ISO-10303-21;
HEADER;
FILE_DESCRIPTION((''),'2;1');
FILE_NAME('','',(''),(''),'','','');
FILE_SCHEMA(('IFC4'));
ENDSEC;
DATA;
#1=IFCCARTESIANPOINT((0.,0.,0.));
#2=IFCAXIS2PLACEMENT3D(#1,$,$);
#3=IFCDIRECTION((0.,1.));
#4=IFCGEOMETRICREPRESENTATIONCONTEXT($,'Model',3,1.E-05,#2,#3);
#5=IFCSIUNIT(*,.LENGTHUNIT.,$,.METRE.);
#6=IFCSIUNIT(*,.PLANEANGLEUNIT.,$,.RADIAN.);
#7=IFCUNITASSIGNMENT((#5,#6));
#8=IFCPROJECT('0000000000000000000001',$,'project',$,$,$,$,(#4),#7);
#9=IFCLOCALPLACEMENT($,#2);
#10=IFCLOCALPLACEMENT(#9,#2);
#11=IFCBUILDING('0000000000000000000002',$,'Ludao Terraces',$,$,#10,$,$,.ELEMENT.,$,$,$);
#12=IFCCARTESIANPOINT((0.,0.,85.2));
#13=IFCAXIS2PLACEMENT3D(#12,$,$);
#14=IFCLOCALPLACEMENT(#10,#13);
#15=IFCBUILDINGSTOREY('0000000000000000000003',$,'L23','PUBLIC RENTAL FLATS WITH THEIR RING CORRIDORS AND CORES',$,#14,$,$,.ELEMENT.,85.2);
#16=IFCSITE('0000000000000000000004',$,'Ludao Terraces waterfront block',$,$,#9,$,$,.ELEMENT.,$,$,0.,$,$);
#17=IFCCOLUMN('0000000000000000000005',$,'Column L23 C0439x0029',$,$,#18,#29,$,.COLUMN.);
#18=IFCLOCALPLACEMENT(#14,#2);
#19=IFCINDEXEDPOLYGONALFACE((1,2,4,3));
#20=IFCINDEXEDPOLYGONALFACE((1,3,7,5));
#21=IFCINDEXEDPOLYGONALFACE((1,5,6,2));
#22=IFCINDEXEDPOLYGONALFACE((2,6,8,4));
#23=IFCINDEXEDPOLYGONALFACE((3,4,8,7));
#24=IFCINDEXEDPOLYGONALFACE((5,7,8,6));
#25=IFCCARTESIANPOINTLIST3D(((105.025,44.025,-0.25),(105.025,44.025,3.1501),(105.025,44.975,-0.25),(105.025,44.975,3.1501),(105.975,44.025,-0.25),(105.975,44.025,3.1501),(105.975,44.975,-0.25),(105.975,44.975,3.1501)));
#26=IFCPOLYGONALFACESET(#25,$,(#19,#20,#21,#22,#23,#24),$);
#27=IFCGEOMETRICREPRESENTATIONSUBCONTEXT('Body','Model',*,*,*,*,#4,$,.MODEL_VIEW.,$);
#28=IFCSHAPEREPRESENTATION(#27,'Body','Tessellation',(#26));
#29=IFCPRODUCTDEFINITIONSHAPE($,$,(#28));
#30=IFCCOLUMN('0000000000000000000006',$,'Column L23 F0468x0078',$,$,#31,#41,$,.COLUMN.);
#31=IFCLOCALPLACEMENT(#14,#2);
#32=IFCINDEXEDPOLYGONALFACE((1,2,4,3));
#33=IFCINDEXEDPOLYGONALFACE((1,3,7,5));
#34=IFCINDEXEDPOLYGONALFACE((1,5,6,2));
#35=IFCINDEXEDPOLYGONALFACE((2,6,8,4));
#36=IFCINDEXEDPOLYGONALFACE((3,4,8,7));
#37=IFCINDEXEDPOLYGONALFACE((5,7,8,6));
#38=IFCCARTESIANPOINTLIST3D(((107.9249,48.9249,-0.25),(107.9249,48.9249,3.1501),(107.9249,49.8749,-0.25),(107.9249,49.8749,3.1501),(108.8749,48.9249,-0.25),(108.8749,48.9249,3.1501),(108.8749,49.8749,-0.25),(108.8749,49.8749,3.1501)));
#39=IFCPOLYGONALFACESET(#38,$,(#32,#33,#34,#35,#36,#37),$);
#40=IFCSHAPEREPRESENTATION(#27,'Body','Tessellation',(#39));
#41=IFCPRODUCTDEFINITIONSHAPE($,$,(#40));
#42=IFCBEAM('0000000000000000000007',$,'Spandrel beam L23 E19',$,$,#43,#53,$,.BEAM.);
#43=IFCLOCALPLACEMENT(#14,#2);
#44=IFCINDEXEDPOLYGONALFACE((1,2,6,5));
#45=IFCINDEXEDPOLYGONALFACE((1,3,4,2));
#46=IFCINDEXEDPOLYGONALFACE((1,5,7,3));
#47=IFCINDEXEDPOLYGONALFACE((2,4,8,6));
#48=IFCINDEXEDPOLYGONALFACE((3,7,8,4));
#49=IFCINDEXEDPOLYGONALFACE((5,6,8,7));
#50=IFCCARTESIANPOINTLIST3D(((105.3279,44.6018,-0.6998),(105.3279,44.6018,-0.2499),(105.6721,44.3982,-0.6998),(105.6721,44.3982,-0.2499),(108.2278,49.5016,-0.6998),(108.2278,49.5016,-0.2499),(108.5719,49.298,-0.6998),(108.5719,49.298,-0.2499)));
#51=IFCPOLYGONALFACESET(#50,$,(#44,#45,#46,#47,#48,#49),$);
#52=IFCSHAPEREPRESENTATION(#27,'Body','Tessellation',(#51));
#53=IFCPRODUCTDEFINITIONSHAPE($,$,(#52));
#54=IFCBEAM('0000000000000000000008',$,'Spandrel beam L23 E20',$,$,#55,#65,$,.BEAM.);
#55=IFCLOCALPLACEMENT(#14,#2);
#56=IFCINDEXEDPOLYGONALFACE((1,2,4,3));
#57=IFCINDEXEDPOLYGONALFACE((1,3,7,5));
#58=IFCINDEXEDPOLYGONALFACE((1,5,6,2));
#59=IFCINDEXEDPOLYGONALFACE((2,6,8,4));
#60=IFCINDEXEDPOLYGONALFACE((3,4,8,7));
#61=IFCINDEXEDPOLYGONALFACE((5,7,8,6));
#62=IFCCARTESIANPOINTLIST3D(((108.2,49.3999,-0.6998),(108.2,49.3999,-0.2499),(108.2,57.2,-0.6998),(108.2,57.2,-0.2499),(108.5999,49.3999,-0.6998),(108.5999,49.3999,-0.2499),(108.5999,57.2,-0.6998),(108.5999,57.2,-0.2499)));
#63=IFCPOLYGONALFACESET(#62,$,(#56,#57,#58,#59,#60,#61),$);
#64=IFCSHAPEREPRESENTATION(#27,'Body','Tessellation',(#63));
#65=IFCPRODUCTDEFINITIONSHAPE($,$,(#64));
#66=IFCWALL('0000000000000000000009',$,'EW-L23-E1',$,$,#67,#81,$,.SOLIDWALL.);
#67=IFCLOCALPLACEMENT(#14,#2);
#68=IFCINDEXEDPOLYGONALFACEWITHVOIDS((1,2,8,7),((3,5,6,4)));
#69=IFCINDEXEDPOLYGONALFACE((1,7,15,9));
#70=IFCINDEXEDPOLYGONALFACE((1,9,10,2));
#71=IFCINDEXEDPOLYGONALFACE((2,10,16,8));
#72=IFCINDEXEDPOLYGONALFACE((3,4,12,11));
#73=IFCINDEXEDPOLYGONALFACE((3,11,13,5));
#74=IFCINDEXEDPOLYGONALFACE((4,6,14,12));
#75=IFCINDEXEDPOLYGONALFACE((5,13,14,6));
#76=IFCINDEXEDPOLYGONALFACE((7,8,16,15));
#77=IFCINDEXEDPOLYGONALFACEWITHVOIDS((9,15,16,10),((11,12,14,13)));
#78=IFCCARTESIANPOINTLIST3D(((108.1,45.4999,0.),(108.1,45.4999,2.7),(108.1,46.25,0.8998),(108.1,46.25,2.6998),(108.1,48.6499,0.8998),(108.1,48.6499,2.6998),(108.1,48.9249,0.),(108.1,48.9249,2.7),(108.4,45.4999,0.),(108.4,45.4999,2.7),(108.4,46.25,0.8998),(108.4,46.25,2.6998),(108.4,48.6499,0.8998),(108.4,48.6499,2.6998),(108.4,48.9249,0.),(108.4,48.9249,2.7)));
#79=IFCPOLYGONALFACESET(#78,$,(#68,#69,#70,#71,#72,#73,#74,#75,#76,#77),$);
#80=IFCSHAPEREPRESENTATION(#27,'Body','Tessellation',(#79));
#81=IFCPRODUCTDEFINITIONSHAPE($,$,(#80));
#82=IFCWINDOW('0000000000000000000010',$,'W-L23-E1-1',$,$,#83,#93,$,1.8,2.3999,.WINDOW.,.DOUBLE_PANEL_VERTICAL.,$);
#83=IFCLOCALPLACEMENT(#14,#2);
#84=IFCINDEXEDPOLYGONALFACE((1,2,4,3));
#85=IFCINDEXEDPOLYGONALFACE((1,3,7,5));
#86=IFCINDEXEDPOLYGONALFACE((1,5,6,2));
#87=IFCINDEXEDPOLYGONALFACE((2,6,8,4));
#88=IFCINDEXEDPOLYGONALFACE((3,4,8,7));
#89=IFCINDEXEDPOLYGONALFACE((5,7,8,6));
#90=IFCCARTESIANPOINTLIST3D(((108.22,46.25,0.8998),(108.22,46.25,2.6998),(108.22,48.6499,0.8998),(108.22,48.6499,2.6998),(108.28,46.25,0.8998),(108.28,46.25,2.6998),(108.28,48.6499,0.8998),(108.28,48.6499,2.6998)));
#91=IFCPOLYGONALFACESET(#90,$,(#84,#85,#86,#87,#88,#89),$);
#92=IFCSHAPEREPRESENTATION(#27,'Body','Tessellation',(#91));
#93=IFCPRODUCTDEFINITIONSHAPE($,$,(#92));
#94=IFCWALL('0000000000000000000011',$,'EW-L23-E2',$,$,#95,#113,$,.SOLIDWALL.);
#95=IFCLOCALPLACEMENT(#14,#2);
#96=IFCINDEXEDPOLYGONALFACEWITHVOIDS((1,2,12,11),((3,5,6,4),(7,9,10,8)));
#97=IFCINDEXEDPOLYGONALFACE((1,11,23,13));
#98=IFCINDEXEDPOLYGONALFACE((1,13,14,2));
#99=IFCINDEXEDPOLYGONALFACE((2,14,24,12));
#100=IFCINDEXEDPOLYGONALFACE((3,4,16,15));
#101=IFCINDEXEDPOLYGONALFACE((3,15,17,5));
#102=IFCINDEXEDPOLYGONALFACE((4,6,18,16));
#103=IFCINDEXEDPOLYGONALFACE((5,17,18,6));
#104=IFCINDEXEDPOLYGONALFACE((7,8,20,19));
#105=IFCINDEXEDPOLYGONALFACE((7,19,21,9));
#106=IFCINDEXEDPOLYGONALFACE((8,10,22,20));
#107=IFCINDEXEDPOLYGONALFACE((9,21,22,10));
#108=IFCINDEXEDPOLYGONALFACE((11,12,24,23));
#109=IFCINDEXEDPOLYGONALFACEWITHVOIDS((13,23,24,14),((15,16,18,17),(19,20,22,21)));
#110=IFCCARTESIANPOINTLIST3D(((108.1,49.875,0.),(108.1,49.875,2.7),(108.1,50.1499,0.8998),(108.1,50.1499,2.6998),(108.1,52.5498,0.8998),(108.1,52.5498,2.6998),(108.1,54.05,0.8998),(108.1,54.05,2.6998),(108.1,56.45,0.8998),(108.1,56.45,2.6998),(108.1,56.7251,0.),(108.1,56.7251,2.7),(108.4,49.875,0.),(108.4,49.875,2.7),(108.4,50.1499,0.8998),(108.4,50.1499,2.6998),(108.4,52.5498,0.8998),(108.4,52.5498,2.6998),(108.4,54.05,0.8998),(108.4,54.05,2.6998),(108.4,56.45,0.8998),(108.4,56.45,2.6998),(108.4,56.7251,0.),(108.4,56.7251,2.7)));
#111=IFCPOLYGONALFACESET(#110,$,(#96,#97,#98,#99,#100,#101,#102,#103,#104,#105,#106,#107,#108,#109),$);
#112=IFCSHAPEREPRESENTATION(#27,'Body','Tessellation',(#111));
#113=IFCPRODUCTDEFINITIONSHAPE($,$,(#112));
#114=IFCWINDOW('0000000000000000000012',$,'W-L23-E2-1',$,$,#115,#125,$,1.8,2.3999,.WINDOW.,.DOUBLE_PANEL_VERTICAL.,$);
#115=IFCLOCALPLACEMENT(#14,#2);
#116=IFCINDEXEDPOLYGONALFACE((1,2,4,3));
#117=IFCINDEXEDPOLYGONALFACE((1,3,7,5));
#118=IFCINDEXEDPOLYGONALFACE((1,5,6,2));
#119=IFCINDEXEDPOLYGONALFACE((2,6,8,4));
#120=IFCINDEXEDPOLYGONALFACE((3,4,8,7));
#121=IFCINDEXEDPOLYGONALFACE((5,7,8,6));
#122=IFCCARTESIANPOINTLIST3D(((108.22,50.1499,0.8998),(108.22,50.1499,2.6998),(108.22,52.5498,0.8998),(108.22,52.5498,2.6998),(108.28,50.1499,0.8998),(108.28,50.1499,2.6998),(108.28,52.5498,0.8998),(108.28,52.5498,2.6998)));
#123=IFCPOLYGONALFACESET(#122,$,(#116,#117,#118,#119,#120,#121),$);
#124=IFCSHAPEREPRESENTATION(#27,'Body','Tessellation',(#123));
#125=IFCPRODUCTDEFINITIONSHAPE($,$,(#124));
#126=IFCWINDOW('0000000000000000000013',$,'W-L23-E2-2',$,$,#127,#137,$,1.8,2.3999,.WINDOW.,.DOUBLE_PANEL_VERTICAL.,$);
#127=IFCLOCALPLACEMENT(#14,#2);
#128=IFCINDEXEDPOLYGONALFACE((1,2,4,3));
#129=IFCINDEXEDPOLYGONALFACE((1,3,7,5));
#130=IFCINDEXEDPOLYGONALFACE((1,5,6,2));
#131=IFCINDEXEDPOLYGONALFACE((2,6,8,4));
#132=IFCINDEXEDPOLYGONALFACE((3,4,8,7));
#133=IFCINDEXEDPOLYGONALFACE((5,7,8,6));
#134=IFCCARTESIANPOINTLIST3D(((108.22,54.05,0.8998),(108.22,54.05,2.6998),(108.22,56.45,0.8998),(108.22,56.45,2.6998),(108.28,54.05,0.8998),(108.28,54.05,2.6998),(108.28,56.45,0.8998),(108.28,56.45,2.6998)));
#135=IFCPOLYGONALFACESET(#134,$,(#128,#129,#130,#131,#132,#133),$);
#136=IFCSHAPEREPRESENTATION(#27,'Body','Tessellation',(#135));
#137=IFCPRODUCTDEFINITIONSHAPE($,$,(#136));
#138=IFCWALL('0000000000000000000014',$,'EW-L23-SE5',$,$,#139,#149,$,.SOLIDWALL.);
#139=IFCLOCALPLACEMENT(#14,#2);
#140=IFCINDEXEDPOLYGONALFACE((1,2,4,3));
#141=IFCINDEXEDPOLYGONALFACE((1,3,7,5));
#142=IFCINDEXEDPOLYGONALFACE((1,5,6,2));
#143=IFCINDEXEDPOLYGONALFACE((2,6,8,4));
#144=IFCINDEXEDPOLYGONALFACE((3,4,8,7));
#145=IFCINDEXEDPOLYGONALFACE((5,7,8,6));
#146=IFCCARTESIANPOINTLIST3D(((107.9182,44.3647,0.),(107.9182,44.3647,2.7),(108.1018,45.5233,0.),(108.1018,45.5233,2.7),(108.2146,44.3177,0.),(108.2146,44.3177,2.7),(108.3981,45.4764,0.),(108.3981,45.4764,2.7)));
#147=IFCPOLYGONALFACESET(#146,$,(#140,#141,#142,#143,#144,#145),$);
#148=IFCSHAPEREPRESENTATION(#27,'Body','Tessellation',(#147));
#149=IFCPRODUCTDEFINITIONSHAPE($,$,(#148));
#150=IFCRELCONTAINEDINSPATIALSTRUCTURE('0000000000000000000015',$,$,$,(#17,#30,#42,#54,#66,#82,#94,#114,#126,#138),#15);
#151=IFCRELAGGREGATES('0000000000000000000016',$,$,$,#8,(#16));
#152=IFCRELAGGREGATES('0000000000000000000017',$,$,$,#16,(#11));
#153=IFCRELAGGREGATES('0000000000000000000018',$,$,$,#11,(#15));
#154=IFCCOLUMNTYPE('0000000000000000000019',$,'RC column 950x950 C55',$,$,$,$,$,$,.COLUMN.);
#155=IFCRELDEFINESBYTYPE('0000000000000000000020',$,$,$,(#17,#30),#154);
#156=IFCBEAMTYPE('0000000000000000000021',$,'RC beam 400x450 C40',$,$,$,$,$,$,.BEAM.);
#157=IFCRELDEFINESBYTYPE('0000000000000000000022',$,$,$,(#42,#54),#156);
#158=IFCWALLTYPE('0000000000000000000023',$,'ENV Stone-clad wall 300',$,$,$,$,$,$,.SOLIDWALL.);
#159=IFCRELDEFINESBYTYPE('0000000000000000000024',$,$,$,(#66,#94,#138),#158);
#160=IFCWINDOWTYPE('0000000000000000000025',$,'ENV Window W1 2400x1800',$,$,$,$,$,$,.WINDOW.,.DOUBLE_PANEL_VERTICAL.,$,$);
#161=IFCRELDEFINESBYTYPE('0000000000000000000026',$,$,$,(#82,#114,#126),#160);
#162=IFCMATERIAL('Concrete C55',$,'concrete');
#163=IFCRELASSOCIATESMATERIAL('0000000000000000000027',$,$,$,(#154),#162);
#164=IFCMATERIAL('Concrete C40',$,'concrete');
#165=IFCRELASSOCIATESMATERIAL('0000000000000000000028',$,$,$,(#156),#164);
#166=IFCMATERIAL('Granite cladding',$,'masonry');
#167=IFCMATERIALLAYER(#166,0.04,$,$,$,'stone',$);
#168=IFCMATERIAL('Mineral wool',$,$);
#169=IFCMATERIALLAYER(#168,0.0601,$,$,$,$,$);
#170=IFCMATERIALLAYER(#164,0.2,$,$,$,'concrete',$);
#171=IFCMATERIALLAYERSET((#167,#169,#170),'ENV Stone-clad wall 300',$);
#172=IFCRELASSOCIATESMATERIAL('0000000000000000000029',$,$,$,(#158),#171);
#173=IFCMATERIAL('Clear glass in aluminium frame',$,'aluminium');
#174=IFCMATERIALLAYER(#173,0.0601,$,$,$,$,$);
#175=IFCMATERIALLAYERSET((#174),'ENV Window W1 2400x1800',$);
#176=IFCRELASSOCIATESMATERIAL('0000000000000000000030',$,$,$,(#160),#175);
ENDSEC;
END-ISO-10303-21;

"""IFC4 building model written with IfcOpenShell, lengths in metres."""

from ifc_helpers import new_model, si_unit, direction, frame, frame_2d, origin, origin_2d, place, context, subcontext, project, spatial, rectangle, extrude, material, layer, layer_set, material_profile, profile_set, type_object, element, fill, save


model = new_model("IFC4")

# Units and contexts
model_context = context("Model", 3, precision=1e-05, world=origin(), true_north=direction((0.0, 1.0)))
body_context = subcontext(model_context, "Body", "Model", "MODEL_VIEW")
ifc_project = project(units=[si_unit("LENGTHUNIT", "METRE"), si_unit("PLANEANGLEUNIT", "RADIAN")], contexts=[model_context])

# Site, building, storey
site_placement = place(None, origin())
site = spatial("IfcSite", under=ifc_project, at=site_placement, Name="Ludao Terraces waterfront block", CompositionType="ELEMENT", RefElevation=0.0)
building_placement = place(site_placement, origin())
building = spatial("IfcBuilding", under=site, at=building_placement, Name="Ludao Terraces", CompositionType="ELEMENT")
storey_placement = place(building_placement, frame((0.0, 0.0, 85.2)))
storey = spatial("IfcBuildingStorey", under=building, at=storey_placement, Name="L23", Description="PUBLIC RENTAL FLATS WITH THEIR RING CORRIDORS AND CORES", CompositionType="ELEMENT", Elevation=85.2)

# Columns
ifc_material_1 = material(Name="Concrete C55", Category="concrete")
ifc_material_profile_1 = material_profile(ifc_material_1, rectangle(XDim=0.95, YDim=0.95, at=origin_2d()), Name="950 X 950")
ifc_profile_set_1 = profile_set([ifc_material_profile_1], Name="Concrete C55")
column_type = type_object("IfcColumnType", Name="RC column 950x950 C55", PredefinedType="COLUMN", material=ifc_profile_set_1)
for number, where, z_axis, x_axis, name in (
    (1, (105.5, 44.5, -0.25), (0.0, 0.0, 1.0), (1.0, 0.0, 0.0), "Column L23 C0439x0029"),
    (2, (108.3999, 49.3999, -0.25), (0.0, 0.0, 1.0), (1.0, 0.0, 0.0), "Column L23 F0468x0078"),
):
    element("IfcColumn", number, at=place(storey_placement, frame(where, z_axis=z_axis, x_axis=x_axis)), inside=storey, type_object=column_type, Name=name, PredefinedType="COLUMN", context=body_context, shape_type="SweptSolid", body=[
        extrude(rectangle(XDim=0.95, YDim=0.95, at=origin_2d()), origin(), (0.0, 0.0, 1.0), 3.4001),
    ])

# Beams
ifc_material_2 = material(Name="Concrete C40", Category="concrete")
ifc_material_profile_2 = material_profile(ifc_material_2, rectangle(XDim=0.3999, YDim=0.45, at=origin_2d()), Name="400 X 450")
ifc_profile_set_2 = profile_set([ifc_material_profile_2], Name="Concrete C40")
beam_type = type_object("IfcBeamType", Name="RC beam 400x450 C40", PredefinedType="BEAM", material=ifc_profile_set_2)
beam_1_placement = place(storey_placement, frame((105.5, 44.5, -0.4749), z_axis=(0.509316, 0.86058, 0.0), x_axis=(-0.86058, 0.509316, 0.0)))
element("IfcBeam", 3, at=beam_1_placement, inside=storey, type_object=beam_type, Name="Spandrel beam L23 E19", PredefinedType="BEAM", context=body_context, shape_type="SweptSolid", body=[
    extrude(rectangle(XDim=0.3999, YDim=0.45, at=origin_2d()), origin(), (0.0, 0.0, 1.0), 5.6936),
])
beam_2_placement = place(storey_placement, frame((108.3999, 49.3999, -0.4749), z_axis=(0.0, 1.0, 0.0), x_axis=(-1.0, 0.0, 0.0)))
element("IfcBeam", 4, at=beam_2_placement, inside=storey, type_object=beam_type, Name="Spandrel beam L23 E20", PredefinedType="BEAM", context=body_context, shape_type="SweptSolid", body=[
    extrude(rectangle(XDim=0.3999, YDim=0.45, at=origin_2d()), origin(), (0.0, 0.0, 1.0), 7.8),
])

# Wall, opening, window
ifc_material_3 = material(Name="Granite cladding", Category="masonry")
ifc_layer_1 = layer(ifc_material_3, 0.04, Category="stone")
ifc_material_4 = material(Name="Mineral wool")
ifc_layer_2 = layer(ifc_material_4, 0.0601)
ifc_layer_3 = layer(ifc_material_2, 0.2, Category="concrete")
ifc_layer_set_1 = layer_set([ifc_layer_1, ifc_layer_2, ifc_layer_3], Name="ENV Stone-clad wall 300")
wall_type = type_object("IfcWallType", Name="ENV Stone-clad wall 300", PredefinedType="SOLIDWALL", material=ifc_layer_set_1)
wall_1_placement = place(storey_placement, frame((108.25, 45.5, 0.0), z_axis=(0.0, 0.0, 1.0), x_axis=(0.0, 1.0, 0.0)))
wall_1 = element("IfcWall", 5, at=wall_1_placement, inside=storey, type_object=wall_type, Name="EW-L23-E1", PredefinedType="SOLIDWALL", context=body_context, shape_type="SweptSolid", body=[
    extrude(rectangle(XDim=3.425, YDim=0.3, at=frame_2d((1.7124, 0.0))), origin(), (0.0, 0.0, 1.0), 2.7),
])
opening_1_placement = place(wall_1_placement, frame((0.75, 0.0, 0.8999)))
opening_1 = element("IfcOpeningElement", 6, at=opening_1_placement, cuts=wall_1, PredefinedType="OPENING", context=body_context, shape_type="SweptSolid", body=[
    extrude(rectangle(XDim=2.3999, YDim=1.8, at=frame_2d((1.2, 0.8999))), frame((0.0, 0.1602, 0.0), z_axis=(0.0, -1.0, 0.0), x_axis=(1.0, 0.0, 0.0)), (0.0, 0.0, 1.0), 0.3201),
])
ifc_material_5 = material(Name="Clear glass in aluminium frame", Category="aluminium")
ifc_layer_4 = layer(ifc_material_5, 0.0601)
ifc_layer_set_2 = layer_set([ifc_layer_4], Name="ENV Window W1 2400x1800")
window_type = type_object("IfcWindowType", Name="ENV Window W1 2400x1800", PartitioningType="DOUBLE_PANEL_VERTICAL", PredefinedType="WINDOW", material=ifc_layer_set_2)
window_1_placement = place(opening_1_placement, origin())
window_1 = element("IfcWindow", 7, at=window_1_placement, inside=storey, type_object=window_type, Name="W-L23-E1-1", OverallHeight=1.8, OverallWidth=2.3999, PartitioningType="DOUBLE_PANEL_VERTICAL", PredefinedType="WINDOW", context=body_context, shape_type="SweptSolid", body=[
    extrude(rectangle(XDim=2.3999, YDim=1.8, at=frame_2d((1.2, 0.8999))), frame((0.0, 0.03, 0.0), z_axis=(0.0, -1.0, 0.0), x_axis=(1.0, 0.0, 0.0)), (0.0, 0.0, 1.0), 0.0601),
])
fill(opening_1, window_1)

# Wall, openings, windows
wall_2_placement = place(storey_placement, frame((108.25, 49.875, 0.0), z_axis=(0.0, 0.0, 1.0), x_axis=(0.0, 1.0, 0.0)))
wall_2 = element("IfcWall", 8, at=wall_2_placement, inside=storey, type_object=wall_type, Name="EW-L23-E2", PredefinedType="SOLIDWALL", context=body_context, shape_type="SweptSolid", body=[
    extrude(rectangle(XDim=6.8501, YDim=0.3, at=frame_2d((3.425, 0.0))), origin(), (0.0, 0.0, 1.0), 2.7),
])
opening_2_placement = place(wall_2_placement, frame((0.2749, 0.0, 0.8999)))
opening_2 = element("IfcOpeningElement", 9, at=opening_2_placement, cuts=wall_2, PredefinedType="OPENING", context=body_context, shape_type="SweptSolid", body=[
    extrude(rectangle(XDim=2.3999, YDim=1.8, at=frame_2d((1.2, 0.8999))), frame((0.0, 0.1602, 0.0), z_axis=(0.0, -1.0, 0.0), x_axis=(1.0, 0.0, 0.0)), (0.0, 0.0, 1.0), 0.3201),
])
opening_3_placement = place(wall_2_placement, frame((4.175, 0.0, 0.8999)))
opening_3 = element("IfcOpeningElement", 10, at=opening_3_placement, cuts=wall_2, PredefinedType="OPENING", context=body_context, shape_type="SweptSolid", body=[
    extrude(rectangle(XDim=2.3999, YDim=1.8, at=frame_2d((1.2, 0.8999))), frame((0.0, 0.1602, 0.0), z_axis=(0.0, -1.0, 0.0), x_axis=(1.0, 0.0, 0.0)), (0.0, 0.0, 1.0), 0.3201),
])
window_2_placement = place(opening_2_placement, origin())
window_2 = element("IfcWindow", 11, at=window_2_placement, inside=storey, type_object=window_type, Name="W-L23-E2-1", OverallHeight=1.8, OverallWidth=2.3999, PartitioningType="DOUBLE_PANEL_VERTICAL", PredefinedType="WINDOW", context=body_context, shape_type="SweptSolid", body=[
    extrude(rectangle(XDim=2.3999, YDim=1.8, at=frame_2d((1.2, 0.8999))), frame((0.0, 0.03, 0.0), z_axis=(0.0, -1.0, 0.0), x_axis=(1.0, 0.0, 0.0)), (0.0, 0.0, 1.0), 0.0601),
])
fill(opening_2, window_2)
window_3_placement = place(opening_3_placement, origin())
window_3 = element("IfcWindow", 12, at=window_3_placement, inside=storey, type_object=window_type, Name="W-L23-E2-2", OverallHeight=1.8, OverallWidth=2.3999, PartitioningType="DOUBLE_PANEL_VERTICAL", PredefinedType="WINDOW", context=body_context, shape_type="SweptSolid", body=[
    extrude(rectangle(XDim=2.3999, YDim=1.8, at=frame_2d((1.2, 0.8999))), frame((0.0, 0.03, 0.0), z_axis=(0.0, -1.0, 0.0), x_axis=(1.0, 0.0, 0.0)), (0.0, 0.0, 1.0), 0.0601),
])
fill(opening_3, window_3)

# Wall
wall_3_placement = place(storey_placement, frame((108.0664, 44.3413, 0.0), z_axis=(0.0, 0.0, 1.0), x_axis=(0.156497, 0.987678, 0.0)))
element("IfcWall", 13, at=wall_3_placement, inside=storey, type_object=wall_type, Name="EW-L23-SE5", PredefinedType="SOLIDWALL", context=body_context, shape_type="SweptSolid", body=[
    extrude(rectangle(XDim=1.1731, YDim=0.3, at=frame_2d((0.5864, 0.0))), origin(), (0.0, 0.0, 1.0), 2.7),
])

save(model, "model.ifc")
